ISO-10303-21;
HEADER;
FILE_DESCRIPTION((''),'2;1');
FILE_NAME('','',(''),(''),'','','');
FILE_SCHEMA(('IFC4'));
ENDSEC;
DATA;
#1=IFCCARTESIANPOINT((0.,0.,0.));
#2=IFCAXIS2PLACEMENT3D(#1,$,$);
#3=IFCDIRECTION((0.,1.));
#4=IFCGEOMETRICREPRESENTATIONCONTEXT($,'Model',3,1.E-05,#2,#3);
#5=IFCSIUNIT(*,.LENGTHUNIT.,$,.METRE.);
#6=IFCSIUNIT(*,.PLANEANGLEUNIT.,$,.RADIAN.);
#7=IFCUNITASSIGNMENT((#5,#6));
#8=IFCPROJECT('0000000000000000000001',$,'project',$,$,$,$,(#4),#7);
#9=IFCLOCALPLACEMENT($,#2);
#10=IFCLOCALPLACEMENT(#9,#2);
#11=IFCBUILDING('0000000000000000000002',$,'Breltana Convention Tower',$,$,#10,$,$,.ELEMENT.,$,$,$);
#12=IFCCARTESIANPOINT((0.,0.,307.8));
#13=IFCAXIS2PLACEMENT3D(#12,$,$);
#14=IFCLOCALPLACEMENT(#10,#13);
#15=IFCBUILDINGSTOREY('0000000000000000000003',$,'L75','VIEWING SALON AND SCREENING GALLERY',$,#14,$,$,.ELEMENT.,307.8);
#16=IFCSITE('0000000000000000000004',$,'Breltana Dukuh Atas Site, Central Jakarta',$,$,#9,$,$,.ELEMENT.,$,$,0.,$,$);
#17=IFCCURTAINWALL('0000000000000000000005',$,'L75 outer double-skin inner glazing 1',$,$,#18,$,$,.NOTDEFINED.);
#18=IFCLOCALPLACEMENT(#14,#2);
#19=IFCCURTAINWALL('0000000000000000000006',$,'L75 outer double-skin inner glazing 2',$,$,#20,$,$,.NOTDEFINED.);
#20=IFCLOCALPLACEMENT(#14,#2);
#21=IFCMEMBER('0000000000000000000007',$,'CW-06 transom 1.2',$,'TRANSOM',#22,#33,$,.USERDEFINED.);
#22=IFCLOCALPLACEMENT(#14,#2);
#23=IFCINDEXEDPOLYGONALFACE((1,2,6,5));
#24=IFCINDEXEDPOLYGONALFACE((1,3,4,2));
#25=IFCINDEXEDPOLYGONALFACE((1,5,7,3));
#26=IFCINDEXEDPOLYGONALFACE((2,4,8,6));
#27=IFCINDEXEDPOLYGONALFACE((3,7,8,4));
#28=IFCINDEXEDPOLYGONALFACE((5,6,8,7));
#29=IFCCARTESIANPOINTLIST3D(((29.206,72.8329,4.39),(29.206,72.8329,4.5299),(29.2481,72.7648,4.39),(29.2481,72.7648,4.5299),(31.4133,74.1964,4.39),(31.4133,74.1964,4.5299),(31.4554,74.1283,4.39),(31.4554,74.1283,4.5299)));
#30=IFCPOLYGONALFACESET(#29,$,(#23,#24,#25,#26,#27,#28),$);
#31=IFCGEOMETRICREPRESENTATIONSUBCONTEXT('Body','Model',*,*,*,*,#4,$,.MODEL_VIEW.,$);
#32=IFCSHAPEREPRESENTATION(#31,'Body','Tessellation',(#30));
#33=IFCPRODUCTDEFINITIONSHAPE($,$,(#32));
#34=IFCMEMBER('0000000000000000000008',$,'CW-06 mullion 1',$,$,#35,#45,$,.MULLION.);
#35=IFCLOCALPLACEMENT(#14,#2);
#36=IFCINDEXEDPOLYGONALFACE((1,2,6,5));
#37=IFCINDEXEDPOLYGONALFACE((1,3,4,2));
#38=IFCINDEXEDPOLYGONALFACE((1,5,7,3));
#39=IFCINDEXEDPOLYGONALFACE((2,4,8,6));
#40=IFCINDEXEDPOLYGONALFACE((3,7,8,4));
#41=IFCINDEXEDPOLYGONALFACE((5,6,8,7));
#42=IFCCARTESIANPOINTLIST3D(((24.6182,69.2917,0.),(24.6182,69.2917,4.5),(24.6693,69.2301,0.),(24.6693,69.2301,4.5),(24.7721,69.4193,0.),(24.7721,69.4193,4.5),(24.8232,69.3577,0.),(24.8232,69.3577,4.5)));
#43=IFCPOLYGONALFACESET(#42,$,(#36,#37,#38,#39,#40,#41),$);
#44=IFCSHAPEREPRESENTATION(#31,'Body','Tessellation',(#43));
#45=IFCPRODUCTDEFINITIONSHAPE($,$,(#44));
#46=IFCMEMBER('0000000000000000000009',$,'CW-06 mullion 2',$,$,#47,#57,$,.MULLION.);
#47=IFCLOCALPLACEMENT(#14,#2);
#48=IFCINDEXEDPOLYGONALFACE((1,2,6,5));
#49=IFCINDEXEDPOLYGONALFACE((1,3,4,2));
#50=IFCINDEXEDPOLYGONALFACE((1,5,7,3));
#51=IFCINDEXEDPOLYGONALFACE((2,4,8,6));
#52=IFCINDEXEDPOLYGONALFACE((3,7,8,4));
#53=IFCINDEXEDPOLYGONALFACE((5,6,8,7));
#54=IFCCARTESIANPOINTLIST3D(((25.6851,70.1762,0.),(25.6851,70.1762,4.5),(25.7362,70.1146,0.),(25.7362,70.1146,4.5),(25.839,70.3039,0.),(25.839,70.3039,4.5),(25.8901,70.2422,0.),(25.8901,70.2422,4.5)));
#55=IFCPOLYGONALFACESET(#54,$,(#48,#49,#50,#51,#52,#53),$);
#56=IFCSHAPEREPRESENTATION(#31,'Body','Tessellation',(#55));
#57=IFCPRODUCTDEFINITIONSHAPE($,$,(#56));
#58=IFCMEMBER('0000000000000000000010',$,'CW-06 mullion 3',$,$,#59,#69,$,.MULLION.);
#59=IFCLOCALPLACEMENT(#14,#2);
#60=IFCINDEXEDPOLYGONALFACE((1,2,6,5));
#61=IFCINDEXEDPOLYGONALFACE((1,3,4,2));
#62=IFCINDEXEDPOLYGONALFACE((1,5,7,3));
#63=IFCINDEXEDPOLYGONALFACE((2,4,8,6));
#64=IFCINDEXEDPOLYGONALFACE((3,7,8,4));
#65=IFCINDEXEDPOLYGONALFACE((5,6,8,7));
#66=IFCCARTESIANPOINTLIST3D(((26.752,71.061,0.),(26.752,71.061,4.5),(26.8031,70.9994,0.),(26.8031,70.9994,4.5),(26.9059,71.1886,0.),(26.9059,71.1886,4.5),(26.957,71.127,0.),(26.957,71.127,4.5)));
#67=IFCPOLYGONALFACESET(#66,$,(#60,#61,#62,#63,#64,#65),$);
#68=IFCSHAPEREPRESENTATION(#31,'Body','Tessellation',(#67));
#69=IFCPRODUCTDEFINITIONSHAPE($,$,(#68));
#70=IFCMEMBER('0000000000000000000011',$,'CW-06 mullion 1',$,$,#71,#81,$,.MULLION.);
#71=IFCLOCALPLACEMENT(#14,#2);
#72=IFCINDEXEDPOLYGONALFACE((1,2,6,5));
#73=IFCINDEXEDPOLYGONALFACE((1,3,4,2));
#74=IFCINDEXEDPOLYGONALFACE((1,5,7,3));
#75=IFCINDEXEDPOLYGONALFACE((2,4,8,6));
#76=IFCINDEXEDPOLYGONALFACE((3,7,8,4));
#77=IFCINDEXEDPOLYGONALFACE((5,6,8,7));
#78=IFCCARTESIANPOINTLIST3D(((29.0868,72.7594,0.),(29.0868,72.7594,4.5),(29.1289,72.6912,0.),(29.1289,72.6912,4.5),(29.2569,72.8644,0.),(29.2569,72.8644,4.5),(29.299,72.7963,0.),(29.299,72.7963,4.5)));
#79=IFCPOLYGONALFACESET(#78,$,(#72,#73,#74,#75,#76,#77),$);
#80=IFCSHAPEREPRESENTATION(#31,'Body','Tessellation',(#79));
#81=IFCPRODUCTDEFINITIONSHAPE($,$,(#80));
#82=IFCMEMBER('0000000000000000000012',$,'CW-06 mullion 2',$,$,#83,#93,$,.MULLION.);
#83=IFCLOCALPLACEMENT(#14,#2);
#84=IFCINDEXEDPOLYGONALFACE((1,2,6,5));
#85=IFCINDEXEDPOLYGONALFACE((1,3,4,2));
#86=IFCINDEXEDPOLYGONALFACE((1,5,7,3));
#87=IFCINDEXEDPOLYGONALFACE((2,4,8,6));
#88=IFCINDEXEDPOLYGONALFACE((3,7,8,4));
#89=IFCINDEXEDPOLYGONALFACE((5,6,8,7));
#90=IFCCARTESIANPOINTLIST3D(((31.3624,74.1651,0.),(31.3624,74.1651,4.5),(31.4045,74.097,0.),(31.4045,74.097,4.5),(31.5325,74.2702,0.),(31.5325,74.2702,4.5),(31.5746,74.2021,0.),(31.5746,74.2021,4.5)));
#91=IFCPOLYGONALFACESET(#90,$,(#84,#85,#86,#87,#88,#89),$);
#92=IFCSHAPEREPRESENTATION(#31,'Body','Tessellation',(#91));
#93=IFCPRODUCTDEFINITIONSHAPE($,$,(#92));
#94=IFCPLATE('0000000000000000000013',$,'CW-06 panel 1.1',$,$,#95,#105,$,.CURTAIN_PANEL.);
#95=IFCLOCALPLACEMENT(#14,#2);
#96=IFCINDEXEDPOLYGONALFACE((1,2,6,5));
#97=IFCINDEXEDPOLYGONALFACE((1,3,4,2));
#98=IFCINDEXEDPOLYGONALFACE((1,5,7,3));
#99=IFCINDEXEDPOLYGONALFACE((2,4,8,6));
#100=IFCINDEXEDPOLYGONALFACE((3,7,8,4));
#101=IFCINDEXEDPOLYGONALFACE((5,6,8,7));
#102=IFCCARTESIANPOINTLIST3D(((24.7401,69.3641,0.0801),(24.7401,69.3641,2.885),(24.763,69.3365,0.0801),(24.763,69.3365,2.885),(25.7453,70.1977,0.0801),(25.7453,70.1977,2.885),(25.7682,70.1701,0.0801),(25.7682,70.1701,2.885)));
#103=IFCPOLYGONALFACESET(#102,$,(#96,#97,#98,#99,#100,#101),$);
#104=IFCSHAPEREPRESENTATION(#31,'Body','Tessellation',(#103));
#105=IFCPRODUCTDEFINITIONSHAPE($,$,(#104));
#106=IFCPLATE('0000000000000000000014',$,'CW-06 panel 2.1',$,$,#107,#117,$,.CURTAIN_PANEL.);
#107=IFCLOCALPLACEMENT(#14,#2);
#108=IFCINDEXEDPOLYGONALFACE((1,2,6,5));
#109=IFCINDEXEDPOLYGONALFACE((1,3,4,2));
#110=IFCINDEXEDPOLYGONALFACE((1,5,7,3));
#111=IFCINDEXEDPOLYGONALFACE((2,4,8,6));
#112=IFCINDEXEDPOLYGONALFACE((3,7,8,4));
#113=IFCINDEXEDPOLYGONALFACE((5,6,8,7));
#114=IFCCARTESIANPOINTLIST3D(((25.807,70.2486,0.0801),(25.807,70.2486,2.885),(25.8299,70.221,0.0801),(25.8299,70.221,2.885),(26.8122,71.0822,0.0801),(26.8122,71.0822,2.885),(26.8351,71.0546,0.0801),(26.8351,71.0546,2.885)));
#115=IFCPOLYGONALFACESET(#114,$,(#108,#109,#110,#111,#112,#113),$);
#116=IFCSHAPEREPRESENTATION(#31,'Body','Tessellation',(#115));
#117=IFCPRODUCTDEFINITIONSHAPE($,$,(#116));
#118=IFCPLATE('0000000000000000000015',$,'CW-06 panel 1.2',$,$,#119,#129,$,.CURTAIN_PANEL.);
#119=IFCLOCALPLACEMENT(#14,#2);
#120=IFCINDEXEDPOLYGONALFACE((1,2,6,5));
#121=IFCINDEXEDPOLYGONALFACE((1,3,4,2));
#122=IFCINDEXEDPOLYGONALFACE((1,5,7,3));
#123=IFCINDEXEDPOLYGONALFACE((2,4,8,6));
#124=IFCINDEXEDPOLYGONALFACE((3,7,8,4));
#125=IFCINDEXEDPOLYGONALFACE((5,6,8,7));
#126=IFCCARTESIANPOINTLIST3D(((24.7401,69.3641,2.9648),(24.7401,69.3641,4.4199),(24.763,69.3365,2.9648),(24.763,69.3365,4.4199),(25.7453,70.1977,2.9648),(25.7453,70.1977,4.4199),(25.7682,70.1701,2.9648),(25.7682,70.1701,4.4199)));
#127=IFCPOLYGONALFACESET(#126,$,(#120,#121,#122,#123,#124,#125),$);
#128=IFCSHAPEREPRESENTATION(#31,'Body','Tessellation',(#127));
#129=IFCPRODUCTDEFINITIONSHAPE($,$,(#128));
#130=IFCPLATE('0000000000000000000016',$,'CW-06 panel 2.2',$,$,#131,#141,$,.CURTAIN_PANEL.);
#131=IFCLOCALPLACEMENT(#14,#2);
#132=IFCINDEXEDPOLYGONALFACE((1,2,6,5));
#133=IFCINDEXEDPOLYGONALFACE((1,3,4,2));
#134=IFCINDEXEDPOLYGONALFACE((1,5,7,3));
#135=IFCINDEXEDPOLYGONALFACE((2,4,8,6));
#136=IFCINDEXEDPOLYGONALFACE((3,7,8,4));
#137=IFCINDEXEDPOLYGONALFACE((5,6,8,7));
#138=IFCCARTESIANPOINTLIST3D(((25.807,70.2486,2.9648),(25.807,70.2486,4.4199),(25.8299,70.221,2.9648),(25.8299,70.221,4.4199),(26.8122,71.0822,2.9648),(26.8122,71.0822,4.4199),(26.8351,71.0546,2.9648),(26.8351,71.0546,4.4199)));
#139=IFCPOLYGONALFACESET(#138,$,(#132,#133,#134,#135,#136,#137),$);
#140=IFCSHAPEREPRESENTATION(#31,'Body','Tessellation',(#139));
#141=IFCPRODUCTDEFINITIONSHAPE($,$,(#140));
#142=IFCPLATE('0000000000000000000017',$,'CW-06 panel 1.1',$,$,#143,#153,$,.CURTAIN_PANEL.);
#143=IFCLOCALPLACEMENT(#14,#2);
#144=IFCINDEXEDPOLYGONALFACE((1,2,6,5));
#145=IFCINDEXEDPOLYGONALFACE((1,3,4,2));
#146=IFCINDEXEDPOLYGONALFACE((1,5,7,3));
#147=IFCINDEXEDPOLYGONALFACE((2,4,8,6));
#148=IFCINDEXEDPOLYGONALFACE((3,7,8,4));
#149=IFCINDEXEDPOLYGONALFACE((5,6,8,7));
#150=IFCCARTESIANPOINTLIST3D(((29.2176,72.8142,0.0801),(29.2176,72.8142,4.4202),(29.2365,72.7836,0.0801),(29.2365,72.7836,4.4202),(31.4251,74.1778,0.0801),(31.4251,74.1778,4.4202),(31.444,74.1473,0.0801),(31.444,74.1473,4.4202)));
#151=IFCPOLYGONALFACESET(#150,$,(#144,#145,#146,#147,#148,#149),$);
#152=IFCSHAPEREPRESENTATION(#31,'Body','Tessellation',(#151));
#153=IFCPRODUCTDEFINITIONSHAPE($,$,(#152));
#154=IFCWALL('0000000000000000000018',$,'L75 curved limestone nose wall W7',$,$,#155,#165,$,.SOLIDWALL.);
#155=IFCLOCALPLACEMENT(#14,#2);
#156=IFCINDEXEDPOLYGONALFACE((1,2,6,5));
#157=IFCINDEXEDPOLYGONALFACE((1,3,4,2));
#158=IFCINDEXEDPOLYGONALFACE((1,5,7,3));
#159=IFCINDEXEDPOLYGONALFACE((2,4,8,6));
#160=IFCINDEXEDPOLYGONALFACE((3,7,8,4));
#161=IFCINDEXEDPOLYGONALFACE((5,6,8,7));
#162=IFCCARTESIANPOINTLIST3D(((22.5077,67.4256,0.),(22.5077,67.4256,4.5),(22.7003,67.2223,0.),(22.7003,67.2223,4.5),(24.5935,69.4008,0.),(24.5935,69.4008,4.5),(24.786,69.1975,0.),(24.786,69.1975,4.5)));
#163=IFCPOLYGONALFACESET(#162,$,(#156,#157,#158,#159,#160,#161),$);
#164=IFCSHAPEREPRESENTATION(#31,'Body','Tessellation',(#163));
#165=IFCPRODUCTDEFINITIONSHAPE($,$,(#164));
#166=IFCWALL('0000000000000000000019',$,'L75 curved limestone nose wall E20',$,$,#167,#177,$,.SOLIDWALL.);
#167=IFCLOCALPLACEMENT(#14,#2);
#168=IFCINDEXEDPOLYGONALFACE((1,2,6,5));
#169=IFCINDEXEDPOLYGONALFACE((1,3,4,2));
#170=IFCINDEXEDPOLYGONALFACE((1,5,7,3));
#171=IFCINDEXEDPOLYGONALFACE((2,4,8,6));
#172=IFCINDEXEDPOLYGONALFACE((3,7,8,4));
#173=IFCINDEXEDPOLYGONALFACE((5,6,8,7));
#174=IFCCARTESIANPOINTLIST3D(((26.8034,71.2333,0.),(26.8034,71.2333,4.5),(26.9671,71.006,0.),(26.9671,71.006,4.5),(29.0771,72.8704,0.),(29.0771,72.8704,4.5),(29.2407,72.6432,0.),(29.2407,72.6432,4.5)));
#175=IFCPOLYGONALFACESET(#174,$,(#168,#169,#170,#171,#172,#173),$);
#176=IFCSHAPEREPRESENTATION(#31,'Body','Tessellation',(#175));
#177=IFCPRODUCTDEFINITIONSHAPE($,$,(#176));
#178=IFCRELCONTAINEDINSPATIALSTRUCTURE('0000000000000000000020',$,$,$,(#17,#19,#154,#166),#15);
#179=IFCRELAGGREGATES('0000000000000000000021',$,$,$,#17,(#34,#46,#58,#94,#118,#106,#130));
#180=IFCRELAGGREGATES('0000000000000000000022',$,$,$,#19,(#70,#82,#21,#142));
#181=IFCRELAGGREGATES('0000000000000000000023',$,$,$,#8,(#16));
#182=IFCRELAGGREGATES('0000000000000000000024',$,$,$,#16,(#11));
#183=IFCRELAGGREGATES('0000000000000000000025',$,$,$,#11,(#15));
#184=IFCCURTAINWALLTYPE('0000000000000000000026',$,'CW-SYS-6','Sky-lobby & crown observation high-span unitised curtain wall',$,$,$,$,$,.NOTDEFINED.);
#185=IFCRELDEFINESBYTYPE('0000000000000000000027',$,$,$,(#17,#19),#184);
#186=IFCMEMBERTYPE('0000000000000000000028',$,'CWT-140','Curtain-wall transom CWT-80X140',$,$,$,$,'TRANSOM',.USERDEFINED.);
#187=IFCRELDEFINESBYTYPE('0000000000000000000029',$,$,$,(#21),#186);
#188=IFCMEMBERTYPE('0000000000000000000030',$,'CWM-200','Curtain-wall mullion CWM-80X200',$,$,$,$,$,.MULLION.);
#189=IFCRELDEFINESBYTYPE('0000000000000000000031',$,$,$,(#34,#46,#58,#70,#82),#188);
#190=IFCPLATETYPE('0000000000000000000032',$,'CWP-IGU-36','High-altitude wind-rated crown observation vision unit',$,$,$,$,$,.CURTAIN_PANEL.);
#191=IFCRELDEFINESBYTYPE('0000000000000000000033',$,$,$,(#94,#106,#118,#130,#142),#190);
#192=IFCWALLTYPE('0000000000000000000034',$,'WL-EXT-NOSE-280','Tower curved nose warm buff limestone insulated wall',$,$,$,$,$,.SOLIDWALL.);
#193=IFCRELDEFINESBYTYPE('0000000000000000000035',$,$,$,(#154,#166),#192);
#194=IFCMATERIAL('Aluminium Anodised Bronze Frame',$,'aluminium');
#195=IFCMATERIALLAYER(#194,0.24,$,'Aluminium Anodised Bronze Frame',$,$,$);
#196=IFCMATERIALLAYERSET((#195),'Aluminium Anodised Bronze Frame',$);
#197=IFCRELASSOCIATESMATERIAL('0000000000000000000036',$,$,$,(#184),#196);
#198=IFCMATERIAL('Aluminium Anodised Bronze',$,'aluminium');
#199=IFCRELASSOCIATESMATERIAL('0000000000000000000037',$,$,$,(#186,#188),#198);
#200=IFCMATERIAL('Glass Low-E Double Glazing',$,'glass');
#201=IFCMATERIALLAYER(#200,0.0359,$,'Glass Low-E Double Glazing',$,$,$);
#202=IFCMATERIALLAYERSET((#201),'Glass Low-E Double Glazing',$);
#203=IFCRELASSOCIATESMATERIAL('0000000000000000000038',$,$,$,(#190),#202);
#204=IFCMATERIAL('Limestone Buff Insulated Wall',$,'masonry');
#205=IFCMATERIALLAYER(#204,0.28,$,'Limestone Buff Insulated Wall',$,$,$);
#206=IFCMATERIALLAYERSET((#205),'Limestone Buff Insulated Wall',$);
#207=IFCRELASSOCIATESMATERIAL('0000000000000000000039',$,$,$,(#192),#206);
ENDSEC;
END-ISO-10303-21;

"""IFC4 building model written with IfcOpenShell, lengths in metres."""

from ifc_helpers import new_model, si_unit, direction, frame, frame_2d, origin, origin_2d, place, context, subcontext, project, spatial, rectangle, extrude, source, transform, mapped, material, layer, layer_set, material_profile, profile_set, type_object, element, aggregate, save


model = new_model("IFC4")

# Units and contexts
model_context = context("Model", 3, precision=1e-05, world=origin(), true_north=direction((0.0, 1.0)))
body_context = subcontext(model_context, "Body", "Model", "MODEL_VIEW")
ifc_project = project(units=[si_unit("LENGTHUNIT", "METRE"), si_unit("PLANEANGLEUNIT", "RADIAN")], contexts=[model_context])

# Site, building, storey
site_placement = place(None, origin())
site = spatial("IfcSite", under=ifc_project, at=site_placement, Name="Breltana Dukuh Atas Site, Central Jakarta", CompositionType="ELEMENT", RefElevation=0.0)
building_placement = place(site_placement, origin())
building = spatial("IfcBuilding", under=site, at=building_placement, Name="Breltana Convention Tower", CompositionType="ELEMENT")
storey_placement = place(building_placement, frame((0.0, 0.0, 307.8)))
storey = spatial("IfcBuildingStorey", under=building, at=storey_placement, Name="L75", Description="VIEWING SALON AND SCREENING GALLERY", CompositionType="ELEMENT", Elevation=307.8)

# Curtain walls, member
ifc_material_1 = material(Name="Aluminium Anodised Bronze Frame", Category="aluminium")
ifc_layer_1 = layer(ifc_material_1, 0.24, Name="Aluminium Anodised Bronze Frame")
ifc_layer_set_1 = layer_set([ifc_layer_1], Name="Aluminium Anodised Bronze Frame")
curtain_wall_type = type_object("IfcCurtainWallType", Name="CW-SYS-6", Description="Sky-lobby & crown observation high-span unitised curtain wall", PredefinedType="NOTDEFINED", material=ifc_layer_set_1)
curtain_wall_1_placement = place(storey_placement, origin())
curtain_wall_1 = element("IfcCurtainWall", 1, at=curtain_wall_1_placement, inside=storey, type_object=curtain_wall_type, Name="L75 outer double-skin inner glazing 1", PredefinedType="NOTDEFINED")
ifc_material_2 = material(Name="Aluminium Anodised Bronze", Category="aluminium")
ifc_material_profile_1 = material_profile(ifc_material_2, rectangle(XDim=0.0801, YDim=0.1399, at=origin_2d()), Name="CWT-80X140")
ifc_profile_set_1 = profile_set([ifc_material_profile_1], Name="Aluminium Anodised Bronze")
member_type_1 = type_object("IfcMemberType", Name="CWT-140", Description="Curtain-wall transom CWT-80X140", ElementType="TRANSOM", PredefinedType="USERDEFINED", material=ifc_profile_set_1)
curtain_wall_2_placement = place(storey_placement, origin())
curtain_wall_2 = element("IfcCurtainWall", 2, at=curtain_wall_2_placement, inside=storey, type_object=curtain_wall_type, Name="L75 outer double-skin inner glazing 2", PredefinedType="NOTDEFINED")
shared_shape_1 = source(origin(), body_context, "Body", "SweptSolid", [
    extrude(rectangle(XDim=0.0801, YDim=0.1399, at=origin_2d()), origin(), (0.0, 0.0, 1.0), 2.5945),
])
member_1_placement = place(storey_placement, frame((29.2271, 72.7988, 4.46), z_axis=(0.850762, 0.525551, 0.0), x_axis=(-0.525551, 0.850762, 0.0)))
member_1 = element("IfcMember", 3, at=member_1_placement, type_object=member_type_1, Name="CW-06 transom 1.2", ObjectType="TRANSOM", PredefinedType="USERDEFINED", context=body_context, shape_type="MappedRepresentation", body=[
    mapped(shared_shape_1, transform((0.0, 0.0, 0.0), scale=1.0)),
])

# Members
ifc_material_profile_2 = material_profile(ifc_material_2, rectangle(XDim=0.0801, YDim=0.2, at=origin_2d()), Name="CWM-80X200")
ifc_profile_set_2 = profile_set([ifc_material_profile_2], Name="Aluminium Anodised Bronze")
member_type_2 = type_object("IfcMemberType", Name="CWM-200", Description="Curtain-wall mullion CWM-80X200", PredefinedType="MULLION", material=ifc_profile_set_2)
shared_shape_2 = source(origin(), body_context, "Body", "SweptSolid", [
    extrude(rectangle(XDim=0.0801, YDim=0.2, at=origin_2d()), origin(), (0.0, 0.0, 1.0), 4.5),
])
member_2_placement = place(storey_placement, frame((24.7207, 69.3247, 0.0), z_axis=(0.0, 0.0, 1.0), x_axis=(-0.63832, 0.769771, 0.0)))
member_2 = element("IfcMember", 4, at=member_2_placement, type_object=member_type_2, Name="CW-06 mullion 1", PredefinedType="MULLION", context=body_context, shape_type="MappedRepresentation", body=[
    mapped(shared_shape_2, transform((0.0, 0.0, 0.0), scale=1.0)),
])
member_3_placement = place(storey_placement, frame((25.7876, 70.2092, 0.0), z_axis=(0.0, 0.0, 1.0), x_axis=(-0.63832, 0.769771, 0.0)))
member_3 = element("IfcMember", 5, at=member_3_placement, type_object=member_type_2, Name="CW-06 mullion 2", PredefinedType="MULLION", context=body_context, shape_type="MappedRepresentation", body=[
    mapped(shared_shape_2, transform((0.0, 0.0, 0.0), scale=1.0)),
])
member_4_placement = place(storey_placement, frame((26.8545, 71.094, 0.0), z_axis=(0.0, 0.0, 1.0), x_axis=(-0.63832, 0.769771, 0.0)))
member_4 = element("IfcMember", 6, at=member_4_placement, type_object=member_type_2, Name="CW-06 mullion 3", PredefinedType="MULLION", context=body_context, shape_type="MappedRepresentation", body=[
    mapped(shared_shape_2, transform((0.0, 0.0, 0.0), scale=1.0)),
])
member_5_placement = place(storey_placement, frame((29.1929, 72.7778, 0.0), z_axis=(0.0, 0.0, 1.0), x_axis=(-0.525541, 0.850768, 0.0)))
member_5 = element("IfcMember", 7, at=member_5_placement, type_object=member_type_2, Name="CW-06 mullion 1", PredefinedType="MULLION", context=body_context, shape_type="MappedRepresentation", body=[
    mapped(shared_shape_2, transform((0.0, 0.0, 0.0), scale=1.0)),
])
member_6_placement = place(storey_placement, frame((31.4685, 74.1836, 0.0), z_axis=(0.0, 0.0, 1.0), x_axis=(-0.525541, 0.850768, 0.0)))
member_6 = element("IfcMember", 8, at=member_6_placement, type_object=member_type_2, Name="CW-06 mullion 2", PredefinedType="MULLION", context=body_context, shape_type="MappedRepresentation", body=[
    mapped(shared_shape_2, transform((0.0, 0.0, 0.0), scale=1.0)),
])

# Plates
ifc_material_3 = material(Name="Glass Low-E Double Glazing", Category="glass")
ifc_layer_2 = layer(ifc_material_3, 0.0359, Name="Glass Low-E Double Glazing")
ifc_layer_set_2 = layer_set([ifc_layer_2], Name="Glass Low-E Double Glazing")
plate_type = type_object("IfcPlateType", Name="CWP-IGU-36", Description="High-altitude wind-rated crown observation vision unit", PredefinedType="CURTAIN_PANEL", material=ifc_layer_set_2)
shared_shape_3 = source(origin(), body_context, "Body", "SweptSolid", [
    extrude(rectangle(XDim=1.3059, YDim=0.0359, at=origin_2d()), origin(), (0.0, 0.0, 1.0), 2.8049),
])
plate_1_placement = place(storey_placement, frame((25.2542, 69.7671, 0.0801), z_axis=(0.0, 0.0, 1.0), x_axis=(0.769771, 0.63832, 0.0)))
plate_1 = element("IfcPlate", 9, at=plate_1_placement, type_object=plate_type, Name="CW-06 panel 1.1", PredefinedType="CURTAIN_PANEL", context=body_context, shape_type="MappedRepresentation", body=[
    mapped(shared_shape_3, transform((0.0, 0.0, 0.0), scale=1.0)),
])
plate_2_placement = place(storey_placement, frame((26.321, 70.6516, 0.0801), z_axis=(0.0, 0.0, 1.0), x_axis=(0.769771, 0.63832, 0.0)))
plate_2 = element("IfcPlate", 10, at=plate_2_placement, type_object=plate_type, Name="CW-06 panel 2.1", PredefinedType="CURTAIN_PANEL", context=body_context, shape_type="MappedRepresentation", body=[
    mapped(shared_shape_3, transform((0.0, 0.0, 0.0), scale=1.0)),
])
shared_shape_4 = source(origin(), body_context, "Body", "SweptSolid", [
    extrude(rectangle(XDim=1.3059, YDim=0.0359, at=origin_2d()), origin(), (0.0, 0.0, 1.0), 1.4551),
])
plate_3_placement = place(storey_placement, frame((25.2542, 69.7671, 2.9648), z_axis=(0.0, 0.0, 1.0), x_axis=(0.769771, 0.63832, 0.0)))
plate_3 = element("IfcPlate", 11, at=plate_3_placement, type_object=plate_type, Name="CW-06 panel 1.2", PredefinedType="CURTAIN_PANEL", context=body_context, shape_type="MappedRepresentation", body=[
    mapped(shared_shape_4, transform((0.0, 0.0, 0.0), scale=1.0)),
])
plate_4_placement = place(storey_placement, frame((26.321, 70.6516, 2.9648), z_axis=(0.0, 0.0, 1.0), x_axis=(0.769771, 0.63832, 0.0)))
plate_4 = element("IfcPlate", 12, at=plate_4_placement, type_object=plate_type, Name="CW-06 panel 2.2", PredefinedType="CURTAIN_PANEL", context=body_context, shape_type="MappedRepresentation", body=[
    mapped(shared_shape_4, transform((0.0, 0.0, 0.0), scale=1.0)),
])
aggregate(curtain_wall_1, [member_2, member_3, member_4, plate_1, plate_3, plate_2, plate_4])
shared_shape_5 = source(origin(), body_context, "Body", "SweptSolid", [
    extrude(rectangle(XDim=2.5947, YDim=0.0359, at=origin_2d()), origin(), (0.0, 0.0, 1.0), 4.3401),
])
plate_5_placement = place(storey_placement, frame((30.3308, 73.4807, 0.0801), z_axis=(0.0, 0.0, 1.0), x_axis=(0.850768, 0.525541, 0.0)))
plate_5 = element("IfcPlate", 13, at=plate_5_placement, type_object=plate_type, Name="CW-06 panel 1.1", PredefinedType="CURTAIN_PANEL", context=body_context, shape_type="MappedRepresentation", body=[
    mapped(shared_shape_5, transform((0.0, 0.0, 0.0), scale=1.0)),
])
aggregate(curtain_wall_2, [member_5, member_6, member_1, plate_5])

# Walls
ifc_material_4 = material(Name="Limestone Buff Insulated Wall", Category="masonry")
ifc_layer_3 = layer(ifc_material_4, 0.28, Name="Limestone Buff Insulated Wall")
ifc_layer_set_3 = layer_set([ifc_layer_3], Name="Limestone Buff Insulated Wall")
wall_type = type_object("IfcWallType", Name="WL-EXT-NOSE-280", Description="Tower curved nose warm buff limestone insulated wall", PredefinedType="SOLIDWALL", material=ifc_layer_set_3)
shared_shape_6 = source(origin(), body_context, "Body", "SweptSolid", [
    extrude(rectangle(XDim=2.8726, YDim=0.28, at=frame_2d((1.4363, 0.0))), origin(), (0.0, 0.0, 1.0), 4.5),
])
wall_1_placement = place(storey_placement, frame((22.604, 67.324, 0.0), z_axis=(0.0, 0.0, 1.0), x_axis=(0.726096, 0.687594, 0.0)))
element("IfcWall", 14, at=wall_1_placement, inside=storey, type_object=wall_type, Name="L75 curved limestone nose wall W7", PredefinedType="SOLIDWALL", context=body_context, shape_type="MappedRepresentation", body=[
    mapped(shared_shape_6, transform((0.0, 0.0, 0.0), scale=1.0)),
])
shared_shape_7 = source(origin(), body_context, "Body", "SweptSolid", [
    extrude(rectangle(XDim=2.8018, YDim=0.28, at=frame_2d((1.4009, 0.0))), origin(), (0.0, 0.0, 1.0), 4.5),
])
wall_2_placement = place(storey_placement, frame((26.8853, 71.1196, 0.0), z_axis=(0.0, 0.0, 1.0), x_axis=(0.811508, 0.584341, 0.0)))
element("IfcWall", 15, at=wall_2_placement, inside=storey, type_object=wall_type, Name="L75 curved limestone nose wall E20", PredefinedType="SOLIDWALL", context=body_context, shape_type="MappedRepresentation", body=[
    mapped(shared_shape_7, transform((0.0, 0.0, 0.0), scale=1.0)),
])

save(model, "model.ifc")
